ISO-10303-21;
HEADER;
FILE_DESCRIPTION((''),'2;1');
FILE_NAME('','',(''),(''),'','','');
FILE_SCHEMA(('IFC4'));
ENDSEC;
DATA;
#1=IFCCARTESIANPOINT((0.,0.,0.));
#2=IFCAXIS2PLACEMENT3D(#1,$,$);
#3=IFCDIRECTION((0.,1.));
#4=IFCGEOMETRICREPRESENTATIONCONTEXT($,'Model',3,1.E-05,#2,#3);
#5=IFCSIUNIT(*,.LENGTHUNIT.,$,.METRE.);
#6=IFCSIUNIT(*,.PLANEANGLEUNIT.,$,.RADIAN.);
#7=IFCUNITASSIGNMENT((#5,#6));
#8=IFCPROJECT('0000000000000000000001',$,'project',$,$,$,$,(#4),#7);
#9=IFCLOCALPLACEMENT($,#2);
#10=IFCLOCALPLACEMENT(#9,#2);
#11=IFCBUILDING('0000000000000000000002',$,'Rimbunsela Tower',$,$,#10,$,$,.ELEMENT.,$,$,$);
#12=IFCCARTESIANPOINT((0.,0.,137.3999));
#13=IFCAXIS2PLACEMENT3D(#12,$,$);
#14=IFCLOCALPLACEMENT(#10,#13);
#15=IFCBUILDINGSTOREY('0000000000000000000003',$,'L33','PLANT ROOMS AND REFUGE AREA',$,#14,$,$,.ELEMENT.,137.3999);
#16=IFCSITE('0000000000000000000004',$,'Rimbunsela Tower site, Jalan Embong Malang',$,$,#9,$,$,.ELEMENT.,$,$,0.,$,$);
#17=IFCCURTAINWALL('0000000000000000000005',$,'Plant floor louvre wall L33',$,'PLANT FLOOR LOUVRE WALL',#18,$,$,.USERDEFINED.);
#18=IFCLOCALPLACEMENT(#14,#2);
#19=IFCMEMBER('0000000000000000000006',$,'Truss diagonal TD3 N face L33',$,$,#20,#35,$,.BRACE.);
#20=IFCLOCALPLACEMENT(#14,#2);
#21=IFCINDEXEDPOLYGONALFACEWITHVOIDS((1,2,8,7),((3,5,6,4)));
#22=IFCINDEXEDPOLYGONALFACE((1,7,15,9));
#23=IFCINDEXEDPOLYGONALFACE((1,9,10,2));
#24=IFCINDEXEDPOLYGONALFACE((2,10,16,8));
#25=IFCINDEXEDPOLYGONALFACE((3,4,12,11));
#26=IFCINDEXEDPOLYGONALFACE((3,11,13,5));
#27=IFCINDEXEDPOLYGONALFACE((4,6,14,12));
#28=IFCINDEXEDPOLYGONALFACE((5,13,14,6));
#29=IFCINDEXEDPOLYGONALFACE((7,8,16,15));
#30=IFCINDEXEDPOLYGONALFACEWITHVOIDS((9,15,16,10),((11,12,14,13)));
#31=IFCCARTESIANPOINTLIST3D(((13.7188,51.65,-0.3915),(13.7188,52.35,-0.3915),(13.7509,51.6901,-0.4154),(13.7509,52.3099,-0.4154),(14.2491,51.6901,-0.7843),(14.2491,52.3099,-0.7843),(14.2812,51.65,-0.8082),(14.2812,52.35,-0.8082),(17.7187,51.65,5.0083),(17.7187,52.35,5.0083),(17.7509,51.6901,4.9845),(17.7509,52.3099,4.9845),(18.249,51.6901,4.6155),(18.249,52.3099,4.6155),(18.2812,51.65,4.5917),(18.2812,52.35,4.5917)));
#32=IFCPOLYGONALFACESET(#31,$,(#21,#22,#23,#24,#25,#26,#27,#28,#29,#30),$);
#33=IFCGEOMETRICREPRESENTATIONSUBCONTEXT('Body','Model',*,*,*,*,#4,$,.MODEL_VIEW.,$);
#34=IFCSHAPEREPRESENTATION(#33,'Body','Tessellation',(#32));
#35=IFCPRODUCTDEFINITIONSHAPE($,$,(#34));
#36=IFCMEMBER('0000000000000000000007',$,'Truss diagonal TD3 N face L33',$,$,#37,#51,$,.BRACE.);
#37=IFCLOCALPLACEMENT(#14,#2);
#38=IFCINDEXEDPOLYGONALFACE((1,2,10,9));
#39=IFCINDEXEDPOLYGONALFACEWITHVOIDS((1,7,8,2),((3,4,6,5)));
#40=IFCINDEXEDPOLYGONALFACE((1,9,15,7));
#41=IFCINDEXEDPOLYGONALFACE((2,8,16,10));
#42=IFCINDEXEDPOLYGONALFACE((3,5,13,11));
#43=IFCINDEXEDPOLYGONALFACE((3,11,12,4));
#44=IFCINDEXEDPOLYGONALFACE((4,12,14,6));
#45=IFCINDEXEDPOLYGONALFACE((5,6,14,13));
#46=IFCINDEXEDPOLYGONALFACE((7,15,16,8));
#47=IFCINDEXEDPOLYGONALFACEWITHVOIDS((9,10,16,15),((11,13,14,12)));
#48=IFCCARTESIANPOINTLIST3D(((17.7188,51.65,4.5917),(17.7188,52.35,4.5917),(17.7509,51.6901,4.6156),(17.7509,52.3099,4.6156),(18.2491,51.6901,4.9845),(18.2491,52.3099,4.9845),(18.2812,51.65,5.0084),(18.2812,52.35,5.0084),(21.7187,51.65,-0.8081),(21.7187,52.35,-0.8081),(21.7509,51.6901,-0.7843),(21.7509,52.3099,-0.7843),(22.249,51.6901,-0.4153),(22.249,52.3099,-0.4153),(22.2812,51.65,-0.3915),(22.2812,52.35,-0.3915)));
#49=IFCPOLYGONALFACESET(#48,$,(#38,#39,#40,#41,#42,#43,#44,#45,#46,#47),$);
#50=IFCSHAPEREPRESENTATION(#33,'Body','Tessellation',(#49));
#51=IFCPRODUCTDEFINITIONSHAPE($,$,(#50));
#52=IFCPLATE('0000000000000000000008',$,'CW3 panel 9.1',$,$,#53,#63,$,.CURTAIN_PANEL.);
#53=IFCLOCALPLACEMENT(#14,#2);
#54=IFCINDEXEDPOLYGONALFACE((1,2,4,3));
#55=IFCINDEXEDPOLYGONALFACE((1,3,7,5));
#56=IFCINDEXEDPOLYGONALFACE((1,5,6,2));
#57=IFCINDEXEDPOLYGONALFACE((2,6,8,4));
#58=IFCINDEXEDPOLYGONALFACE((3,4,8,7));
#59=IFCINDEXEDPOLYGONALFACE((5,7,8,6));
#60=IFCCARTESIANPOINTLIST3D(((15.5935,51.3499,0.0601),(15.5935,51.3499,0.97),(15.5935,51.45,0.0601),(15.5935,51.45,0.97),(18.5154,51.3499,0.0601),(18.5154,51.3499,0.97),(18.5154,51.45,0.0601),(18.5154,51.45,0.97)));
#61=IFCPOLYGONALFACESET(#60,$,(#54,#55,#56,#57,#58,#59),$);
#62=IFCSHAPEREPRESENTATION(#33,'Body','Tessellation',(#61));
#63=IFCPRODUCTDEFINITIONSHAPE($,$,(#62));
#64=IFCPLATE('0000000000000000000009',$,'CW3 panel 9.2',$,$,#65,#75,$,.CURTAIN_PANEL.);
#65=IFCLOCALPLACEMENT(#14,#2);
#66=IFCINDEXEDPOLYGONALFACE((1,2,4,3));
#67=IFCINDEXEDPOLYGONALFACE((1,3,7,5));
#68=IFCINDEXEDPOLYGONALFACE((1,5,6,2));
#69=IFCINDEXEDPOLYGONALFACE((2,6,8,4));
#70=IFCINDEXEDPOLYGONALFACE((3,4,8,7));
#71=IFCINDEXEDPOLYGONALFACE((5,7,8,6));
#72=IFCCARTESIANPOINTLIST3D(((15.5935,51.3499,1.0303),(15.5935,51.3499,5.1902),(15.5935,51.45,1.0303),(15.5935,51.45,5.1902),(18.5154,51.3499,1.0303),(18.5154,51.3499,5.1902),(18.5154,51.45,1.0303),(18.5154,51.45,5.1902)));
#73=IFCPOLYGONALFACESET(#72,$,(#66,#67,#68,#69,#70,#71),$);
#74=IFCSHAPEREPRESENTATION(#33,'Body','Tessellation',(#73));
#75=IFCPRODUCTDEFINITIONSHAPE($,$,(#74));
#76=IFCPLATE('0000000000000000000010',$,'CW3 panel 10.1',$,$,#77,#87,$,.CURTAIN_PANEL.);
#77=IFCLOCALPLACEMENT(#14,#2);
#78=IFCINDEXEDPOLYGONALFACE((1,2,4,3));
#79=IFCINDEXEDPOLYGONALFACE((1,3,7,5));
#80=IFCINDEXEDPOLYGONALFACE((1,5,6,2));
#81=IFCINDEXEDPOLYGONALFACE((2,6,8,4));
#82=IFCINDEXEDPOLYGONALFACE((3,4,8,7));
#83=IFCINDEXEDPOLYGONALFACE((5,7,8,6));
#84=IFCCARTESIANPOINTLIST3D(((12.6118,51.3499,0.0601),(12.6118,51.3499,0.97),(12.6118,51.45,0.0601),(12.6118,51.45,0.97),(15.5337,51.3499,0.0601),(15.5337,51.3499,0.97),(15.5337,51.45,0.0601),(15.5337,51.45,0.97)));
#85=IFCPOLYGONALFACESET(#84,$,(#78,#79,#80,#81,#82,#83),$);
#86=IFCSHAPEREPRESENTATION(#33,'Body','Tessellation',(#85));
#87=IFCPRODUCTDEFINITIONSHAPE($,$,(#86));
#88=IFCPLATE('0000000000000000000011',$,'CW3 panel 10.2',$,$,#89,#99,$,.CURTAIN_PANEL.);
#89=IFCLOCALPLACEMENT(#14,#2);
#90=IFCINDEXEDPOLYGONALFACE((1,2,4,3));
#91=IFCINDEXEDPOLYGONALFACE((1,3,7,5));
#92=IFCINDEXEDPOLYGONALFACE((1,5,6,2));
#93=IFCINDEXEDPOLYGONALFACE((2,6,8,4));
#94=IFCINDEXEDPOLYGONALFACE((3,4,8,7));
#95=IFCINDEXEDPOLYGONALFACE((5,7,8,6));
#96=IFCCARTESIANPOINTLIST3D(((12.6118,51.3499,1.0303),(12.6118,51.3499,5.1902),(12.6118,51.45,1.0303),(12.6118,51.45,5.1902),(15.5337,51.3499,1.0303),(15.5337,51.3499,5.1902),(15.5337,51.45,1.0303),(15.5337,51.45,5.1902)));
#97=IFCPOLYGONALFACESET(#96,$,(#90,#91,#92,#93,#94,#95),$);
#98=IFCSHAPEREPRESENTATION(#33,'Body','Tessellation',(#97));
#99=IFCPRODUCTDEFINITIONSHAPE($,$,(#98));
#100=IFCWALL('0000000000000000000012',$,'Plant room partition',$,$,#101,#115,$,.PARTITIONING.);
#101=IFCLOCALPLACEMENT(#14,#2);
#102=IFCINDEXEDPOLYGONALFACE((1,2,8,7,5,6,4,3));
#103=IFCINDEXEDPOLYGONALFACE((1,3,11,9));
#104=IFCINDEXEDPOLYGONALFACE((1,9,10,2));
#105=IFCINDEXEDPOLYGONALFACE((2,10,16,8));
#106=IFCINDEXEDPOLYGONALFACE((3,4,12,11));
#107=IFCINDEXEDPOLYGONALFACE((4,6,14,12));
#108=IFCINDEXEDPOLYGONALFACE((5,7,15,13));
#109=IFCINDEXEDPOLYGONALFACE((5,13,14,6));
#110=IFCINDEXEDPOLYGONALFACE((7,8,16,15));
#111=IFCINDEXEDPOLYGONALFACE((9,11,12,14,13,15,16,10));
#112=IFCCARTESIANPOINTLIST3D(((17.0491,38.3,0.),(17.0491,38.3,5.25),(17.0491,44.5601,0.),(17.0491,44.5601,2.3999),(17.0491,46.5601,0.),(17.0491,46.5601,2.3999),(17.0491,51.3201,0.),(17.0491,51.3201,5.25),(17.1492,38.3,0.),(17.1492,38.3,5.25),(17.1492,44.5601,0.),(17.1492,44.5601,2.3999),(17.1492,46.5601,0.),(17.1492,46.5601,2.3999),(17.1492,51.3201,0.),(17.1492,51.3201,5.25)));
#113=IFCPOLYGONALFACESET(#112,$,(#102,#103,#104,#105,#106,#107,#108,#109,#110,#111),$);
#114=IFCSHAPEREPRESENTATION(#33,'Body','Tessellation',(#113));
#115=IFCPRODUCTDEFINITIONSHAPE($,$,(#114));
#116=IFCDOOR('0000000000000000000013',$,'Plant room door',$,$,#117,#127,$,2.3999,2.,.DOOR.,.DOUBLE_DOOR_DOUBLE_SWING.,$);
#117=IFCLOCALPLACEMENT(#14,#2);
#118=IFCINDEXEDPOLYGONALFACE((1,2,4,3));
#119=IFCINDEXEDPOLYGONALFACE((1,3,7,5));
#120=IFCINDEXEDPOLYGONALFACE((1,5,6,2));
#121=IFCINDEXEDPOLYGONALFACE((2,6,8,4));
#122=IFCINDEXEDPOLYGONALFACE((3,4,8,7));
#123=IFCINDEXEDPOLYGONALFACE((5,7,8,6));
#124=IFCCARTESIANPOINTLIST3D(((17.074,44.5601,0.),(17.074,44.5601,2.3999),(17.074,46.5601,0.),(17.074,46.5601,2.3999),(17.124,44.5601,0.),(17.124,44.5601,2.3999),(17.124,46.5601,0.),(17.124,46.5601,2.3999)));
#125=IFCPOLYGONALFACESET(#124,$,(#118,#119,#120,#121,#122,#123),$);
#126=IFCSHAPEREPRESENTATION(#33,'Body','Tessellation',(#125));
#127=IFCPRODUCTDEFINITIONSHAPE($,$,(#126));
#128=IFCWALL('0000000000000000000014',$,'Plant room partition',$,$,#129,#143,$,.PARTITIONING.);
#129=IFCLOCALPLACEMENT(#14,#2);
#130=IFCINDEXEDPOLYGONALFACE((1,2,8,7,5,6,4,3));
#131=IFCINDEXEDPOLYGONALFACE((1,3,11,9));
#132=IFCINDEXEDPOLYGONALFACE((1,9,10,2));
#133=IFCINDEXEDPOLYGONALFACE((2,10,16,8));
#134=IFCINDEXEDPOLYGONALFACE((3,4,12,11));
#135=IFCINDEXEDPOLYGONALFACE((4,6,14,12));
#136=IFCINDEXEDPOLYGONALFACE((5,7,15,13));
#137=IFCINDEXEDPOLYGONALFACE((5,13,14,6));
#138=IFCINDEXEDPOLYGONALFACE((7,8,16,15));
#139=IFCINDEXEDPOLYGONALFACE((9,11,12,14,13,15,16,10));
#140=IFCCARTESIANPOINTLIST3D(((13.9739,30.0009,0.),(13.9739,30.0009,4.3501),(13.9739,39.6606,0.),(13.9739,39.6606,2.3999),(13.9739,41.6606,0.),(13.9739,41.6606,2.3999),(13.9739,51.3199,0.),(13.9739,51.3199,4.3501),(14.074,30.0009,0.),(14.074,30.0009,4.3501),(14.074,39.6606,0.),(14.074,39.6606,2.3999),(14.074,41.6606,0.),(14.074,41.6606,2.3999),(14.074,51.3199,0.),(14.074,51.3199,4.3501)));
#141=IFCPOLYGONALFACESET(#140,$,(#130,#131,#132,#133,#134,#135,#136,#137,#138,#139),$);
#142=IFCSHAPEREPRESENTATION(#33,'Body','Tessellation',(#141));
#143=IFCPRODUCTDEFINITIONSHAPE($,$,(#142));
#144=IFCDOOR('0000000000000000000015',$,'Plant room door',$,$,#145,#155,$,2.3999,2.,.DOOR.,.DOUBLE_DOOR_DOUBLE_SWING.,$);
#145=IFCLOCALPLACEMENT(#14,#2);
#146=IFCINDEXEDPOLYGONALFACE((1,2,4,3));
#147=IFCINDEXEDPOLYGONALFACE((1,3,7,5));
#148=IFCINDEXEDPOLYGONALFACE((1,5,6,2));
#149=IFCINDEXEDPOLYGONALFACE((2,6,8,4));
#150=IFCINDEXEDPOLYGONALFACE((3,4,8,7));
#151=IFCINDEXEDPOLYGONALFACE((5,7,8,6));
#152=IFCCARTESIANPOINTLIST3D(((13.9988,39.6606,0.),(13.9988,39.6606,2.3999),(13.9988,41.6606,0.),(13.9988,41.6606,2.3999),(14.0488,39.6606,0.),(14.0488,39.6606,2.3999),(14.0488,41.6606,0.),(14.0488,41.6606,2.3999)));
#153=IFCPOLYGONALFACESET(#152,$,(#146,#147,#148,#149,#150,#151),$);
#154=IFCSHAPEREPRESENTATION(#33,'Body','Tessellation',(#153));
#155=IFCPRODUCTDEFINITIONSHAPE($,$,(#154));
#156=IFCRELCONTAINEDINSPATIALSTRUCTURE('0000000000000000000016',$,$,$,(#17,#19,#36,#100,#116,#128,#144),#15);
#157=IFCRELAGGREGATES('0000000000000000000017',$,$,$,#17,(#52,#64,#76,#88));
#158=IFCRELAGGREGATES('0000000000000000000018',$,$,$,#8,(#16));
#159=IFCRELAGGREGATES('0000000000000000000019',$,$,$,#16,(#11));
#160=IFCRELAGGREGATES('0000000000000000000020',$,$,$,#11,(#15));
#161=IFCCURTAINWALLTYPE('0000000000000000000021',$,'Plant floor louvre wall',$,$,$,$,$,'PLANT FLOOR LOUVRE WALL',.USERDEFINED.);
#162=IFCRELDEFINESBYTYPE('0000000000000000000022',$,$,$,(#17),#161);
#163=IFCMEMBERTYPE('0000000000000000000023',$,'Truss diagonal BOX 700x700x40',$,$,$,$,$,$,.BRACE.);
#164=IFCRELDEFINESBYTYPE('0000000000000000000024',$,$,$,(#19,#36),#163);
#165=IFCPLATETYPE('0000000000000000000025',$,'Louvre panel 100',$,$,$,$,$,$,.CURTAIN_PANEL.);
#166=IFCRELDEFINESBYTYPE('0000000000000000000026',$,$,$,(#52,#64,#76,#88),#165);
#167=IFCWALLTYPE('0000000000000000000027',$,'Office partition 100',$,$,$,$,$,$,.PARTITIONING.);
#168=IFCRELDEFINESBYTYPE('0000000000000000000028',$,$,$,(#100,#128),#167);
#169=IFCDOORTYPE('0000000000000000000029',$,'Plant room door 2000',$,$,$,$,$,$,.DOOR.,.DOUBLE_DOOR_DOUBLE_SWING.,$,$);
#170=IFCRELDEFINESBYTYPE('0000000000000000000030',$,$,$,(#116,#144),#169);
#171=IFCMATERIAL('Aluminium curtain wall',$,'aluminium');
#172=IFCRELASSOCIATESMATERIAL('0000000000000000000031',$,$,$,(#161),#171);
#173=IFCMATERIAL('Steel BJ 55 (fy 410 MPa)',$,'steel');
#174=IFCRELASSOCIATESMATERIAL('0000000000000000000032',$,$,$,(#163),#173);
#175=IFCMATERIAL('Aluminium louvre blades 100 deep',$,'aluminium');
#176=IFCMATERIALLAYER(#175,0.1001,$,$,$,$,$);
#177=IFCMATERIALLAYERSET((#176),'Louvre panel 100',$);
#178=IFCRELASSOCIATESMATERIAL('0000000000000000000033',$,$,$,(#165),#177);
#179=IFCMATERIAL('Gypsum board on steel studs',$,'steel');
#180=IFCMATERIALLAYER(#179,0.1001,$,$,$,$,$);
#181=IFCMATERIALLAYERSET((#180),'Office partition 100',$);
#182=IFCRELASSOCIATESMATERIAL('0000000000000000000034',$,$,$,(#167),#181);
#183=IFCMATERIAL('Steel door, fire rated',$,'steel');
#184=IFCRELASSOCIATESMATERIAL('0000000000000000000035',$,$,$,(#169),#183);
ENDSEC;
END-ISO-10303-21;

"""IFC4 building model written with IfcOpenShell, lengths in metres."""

from ifc_helpers import new_model, si_unit, direction, frame, frame_2d, origin, origin_2d, place, context, subcontext, project, spatial, rectangle, hollow_rectangle, extrude, material, layer, layer_set, material_profile, profile_set, type_object, element, fill, aggregate, save


model = new_model("IFC4")

# Units and contexts
model_context = context("Model", 3, precision=1e-05, world=origin(), true_north=direction((0.0, 1.0)))
body_context = subcontext(model_context, "Body", "Model", "MODEL_VIEW")
ifc_project = project(units=[si_unit("LENGTHUNIT", "METRE"), si_unit("PLANEANGLEUNIT", "RADIAN")], contexts=[model_context])

# Site, building, storey
site_placement = place(None, origin())
site = spatial("IfcSite", under=ifc_project, at=site_placement, Name="Rimbunsela Tower site, Jalan Embong Malang", CompositionType="ELEMENT", RefElevation=0.0)
building_placement = place(site_placement, origin())
building = spatial("IfcBuilding", under=site, at=building_placement, Name="Rimbunsela Tower", CompositionType="ELEMENT")
storey_placement = place(building_placement, frame((0.0, 0.0, 137.3999)))
storey = spatial("IfcBuildingStorey", under=building, at=storey_placement, Name="L33", Description="PLANT ROOMS AND REFUGE AREA", CompositionType="ELEMENT", Elevation=137.3999)

# Curtain wall
ifc_material_1 = material(Name="Aluminium curtain wall", Category="aluminium")
curtain_wall_type = type_object("IfcCurtainWallType", Name="Plant floor louvre wall", ElementType="PLANT FLOOR LOUVRE WALL", PredefinedType="USERDEFINED", material=ifc_material_1)
curtain_wall_placement = place(storey_placement, origin())
curtain_wall = element("IfcCurtainWall", 1, at=curtain_wall_placement, inside=storey, type_object=curtain_wall_type, Name="Plant floor louvre wall L33", ObjectType="PLANT FLOOR LOUVRE WALL", PredefinedType="USERDEFINED")

# Members
ifc_material_2 = material(Name="Steel BJ 55 (fy 410 MPa)", Category="steel")
ifc_material_profile_1 = material_profile(ifc_material_2, hollow_rectangle(XDim=0.7, YDim=0.7, WallThickness=0.04, at=origin_2d()), Name="BOX 700x700x40")
ifc_profile_set_1 = profile_set([ifc_material_profile_1], Name="Steel BJ 55 (fy 410 MPa)")
member_type_1 = type_object("IfcMemberType", Name="Truss diagonal BOX 700x700x40", PredefinedType="BRACE", material=ifc_profile_set_1)
for number, where, z_axis, x_axis, name in (
    (2, (14.0, 52.0, -0.5999), (0.595235, 0.0, 0.803552), (0.0, 1.0, 0.0), "Truss diagonal TD3 N face L33"),
    (3, (18.0, 52.0, 4.8), (0.595235, 0.0, -0.803552), (0.0, 1.0, 0.0), "Truss diagonal TD3 N face L33"),
):
    element("IfcMember", number, at=place(storey_placement, frame(where, z_axis=z_axis, x_axis=x_axis)), inside=storey, type_object=member_type_1, Name=name, PredefinedType="BRACE", context=body_context, shape_type="SweptSolid", body=[
        extrude(hollow_rectangle(XDim=0.7, YDim=0.7, WallThickness=0.04, at=origin_2d()), origin(), (0.0, 0.0, 1.0), 6.72),
    ])

# Plates
ifc_material_3 = material(Name="Aluminium louvre blades 100 deep", Category="aluminium")
ifc_layer_1 = layer(ifc_material_3, 0.1001)
ifc_layer_set_1 = layer_set([ifc_layer_1], Name="Louvre panel 100")
plate_type = type_object("IfcPlateType", Name="Louvre panel 100", PredefinedType="CURTAIN_PANEL", material=ifc_layer_set_1)
plate_1_placement = place(storey_placement, frame((17.0544, 51.3999, 0.0601), z_axis=(0.0, 0.0, 1.0), x_axis=(-1.0, 0.0, 0.0)))
plate_1 = element("IfcPlate", 4, at=plate_1_placement, type_object=plate_type, Name="CW3 panel 9.1", PredefinedType="CURTAIN_PANEL", context=body_context, shape_type="SweptSolid", body=[
    extrude(rectangle(XDim=2.9219, YDim=0.1001, at=origin_2d()), origin(), (0.0, 0.0, 1.0), 0.9099),
])
plate_2_placement = place(storey_placement, frame((17.0544, 51.3999, 1.0303), z_axis=(0.0, 0.0, 1.0), x_axis=(-1.0, 0.0, 0.0)))
plate_2 = element("IfcPlate", 5, at=plate_2_placement, type_object=plate_type, Name="CW3 panel 9.2", PredefinedType="CURTAIN_PANEL", context=body_context, shape_type="SweptSolid", body=[
    extrude(rectangle(XDim=2.9219, YDim=0.1001, at=origin_2d()), origin(), (0.0, 0.0, 1.0), 4.1599),
])
plate_3_placement = place(storey_placement, frame((14.0728, 51.3999, 0.0601), z_axis=(0.0, 0.0, 1.0), x_axis=(-1.0, 0.0, 0.0)))
plate_3 = element("IfcPlate", 6, at=plate_3_placement, type_object=plate_type, Name="CW3 panel 10.1", PredefinedType="CURTAIN_PANEL", context=body_context, shape_type="SweptSolid", body=[
    extrude(rectangle(XDim=2.9219, YDim=0.1001, at=origin_2d()), origin(), (0.0, 0.0, 1.0), 0.9099),
])
plate_4_placement = place(storey_placement, frame((14.0728, 51.3999, 1.0303), z_axis=(0.0, 0.0, 1.0), x_axis=(-1.0, 0.0, 0.0)))
plate_4 = element("IfcPlate", 7, at=plate_4_placement, type_object=plate_type, Name="CW3 panel 10.2", PredefinedType="CURTAIN_PANEL", context=body_context, shape_type="SweptSolid", body=[
    extrude(rectangle(XDim=2.9219, YDim=0.1001, at=origin_2d()), origin(), (0.0, 0.0, 1.0), 4.1599),
])
aggregate(curtain_wall, [plate_1, plate_2, plate_3, plate_4])

# Walls, openings, doors
ifc_material_4 = material(Name="Gypsum board on steel studs", Category="steel")
ifc_layer_2 = layer(ifc_material_4, 0.1001)
ifc_layer_set_2 = layer_set([ifc_layer_2], Name="Office partition 100")
wall_type = type_object("IfcWallType", Name="Office partition 100", PredefinedType="PARTITIONING", material=ifc_layer_set_2)
wall_1_placement = place(storey_placement, frame((17.0991, 51.3201, 0.0), z_axis=(0.0, 0.0, 1.0), x_axis=(0.0, -1.0, 0.0)))
wall_1 = element("IfcWall", 8, at=wall_1_placement, inside=storey, type_object=wall_type, Name="Plant room partition", PredefinedType="PARTITIONING", context=body_context, shape_type="SweptSolid", body=[
    extrude(rectangle(XDim=13.02, YDim=0.1001, at=frame_2d((6.51, 0.0))), origin(), (0.0, 0.0, 1.0), 5.25),
])
opening_1_placement = place(wall_1_placement, frame((4.76, 0.0, 0.0)))
opening_1 = element("IfcOpeningElement", 9, at=opening_1_placement, cuts=wall_1, PredefinedType="OPENING", context=body_context, shape_type="SweptSolid", body=[
    extrude(rectangle(XDim=2.0, YDim=2.3999, at=frame_2d((1.0, 1.2))), frame((0.0, 0.0601, 0.0), z_axis=(0.0, -1.0, 0.0), x_axis=(1.0, 0.0, 0.0)), (0.0, 0.0, 1.0), 0.1201),
])
ifc_material_5 = material(Name="Steel door, fire rated", Category="steel")
door_type = type_object("IfcDoorType", Name="Plant room door 2000", OperationType="DOUBLE_DOOR_DOUBLE_SWING", PredefinedType="DOOR", material=ifc_material_5)
door_1_placement = place(opening_1_placement, origin())
door_1 = element("IfcDoor", 10, at=door_1_placement, inside=storey, type_object=door_type, Name="Plant room door", OperationType="DOUBLE_DOOR_DOUBLE_SWING", OverallHeight=2.3999, OverallWidth=2.0, PredefinedType="DOOR", context=body_context, shape_type="SweptSolid", body=[
    extrude(rectangle(XDim=2.0, YDim=2.3999, at=frame_2d((1.0, 1.2))), frame((0.0, 0.0249, 0.0), z_axis=(0.0, -1.0, 0.0), x_axis=(1.0, 0.0, 0.0)), (0.0, 0.0, 1.0), 0.05),
])
fill(opening_1, door_1)
wall_2_placement = place(storey_placement, frame((14.0239, 51.3201, 0.0), z_axis=(0.0, 0.0, 1.0), x_axis=(0.0, -1.0, 0.0)))
wall_2 = element("IfcWall", 11, at=wall_2_placement, inside=storey, type_object=wall_type, Name="Plant room partition", PredefinedType="PARTITIONING", context=body_context, shape_type="SweptSolid", body=[
    extrude(rectangle(XDim=21.3191, YDim=0.1001, at=frame_2d((10.6597, 0.0))), origin(), (0.0, 0.0, 1.0), 4.3501),
])
opening_2_placement = place(wall_2_placement, frame((9.6594, 0.0, 0.0)))
opening_2 = element("IfcOpeningElement", 12, at=opening_2_placement, cuts=wall_2, PredefinedType="OPENING", context=body_context, shape_type="SweptSolid", body=[
    extrude(rectangle(XDim=2.0, YDim=2.3999, at=frame_2d((1.0, 1.2))), frame((0.0, 0.0601, 0.0), z_axis=(0.0, -1.0, 0.0), x_axis=(1.0, 0.0, 0.0)), (0.0, 0.0, 1.0), 0.1201),
])
door_2_placement = place(opening_2_placement, origin())
door_2 = element("IfcDoor", 13, at=door_2_placement, inside=storey, type_object=door_type, Name="Plant room door", OperationType="DOUBLE_DOOR_DOUBLE_SWING", OverallHeight=2.3999, OverallWidth=2.0, PredefinedType="DOOR", context=body_context, shape_type="SweptSolid", body=[
    extrude(rectangle(XDim=2.0, YDim=2.3999, at=frame_2d((1.0, 1.2))), frame((0.0, 0.0249, 0.0), z_axis=(0.0, -1.0, 0.0), x_axis=(1.0, 0.0, 0.0)), (0.0, 0.0, 1.0), 0.05),
])
fill(opening_2, door_2)

save(model, "model.ifc")
